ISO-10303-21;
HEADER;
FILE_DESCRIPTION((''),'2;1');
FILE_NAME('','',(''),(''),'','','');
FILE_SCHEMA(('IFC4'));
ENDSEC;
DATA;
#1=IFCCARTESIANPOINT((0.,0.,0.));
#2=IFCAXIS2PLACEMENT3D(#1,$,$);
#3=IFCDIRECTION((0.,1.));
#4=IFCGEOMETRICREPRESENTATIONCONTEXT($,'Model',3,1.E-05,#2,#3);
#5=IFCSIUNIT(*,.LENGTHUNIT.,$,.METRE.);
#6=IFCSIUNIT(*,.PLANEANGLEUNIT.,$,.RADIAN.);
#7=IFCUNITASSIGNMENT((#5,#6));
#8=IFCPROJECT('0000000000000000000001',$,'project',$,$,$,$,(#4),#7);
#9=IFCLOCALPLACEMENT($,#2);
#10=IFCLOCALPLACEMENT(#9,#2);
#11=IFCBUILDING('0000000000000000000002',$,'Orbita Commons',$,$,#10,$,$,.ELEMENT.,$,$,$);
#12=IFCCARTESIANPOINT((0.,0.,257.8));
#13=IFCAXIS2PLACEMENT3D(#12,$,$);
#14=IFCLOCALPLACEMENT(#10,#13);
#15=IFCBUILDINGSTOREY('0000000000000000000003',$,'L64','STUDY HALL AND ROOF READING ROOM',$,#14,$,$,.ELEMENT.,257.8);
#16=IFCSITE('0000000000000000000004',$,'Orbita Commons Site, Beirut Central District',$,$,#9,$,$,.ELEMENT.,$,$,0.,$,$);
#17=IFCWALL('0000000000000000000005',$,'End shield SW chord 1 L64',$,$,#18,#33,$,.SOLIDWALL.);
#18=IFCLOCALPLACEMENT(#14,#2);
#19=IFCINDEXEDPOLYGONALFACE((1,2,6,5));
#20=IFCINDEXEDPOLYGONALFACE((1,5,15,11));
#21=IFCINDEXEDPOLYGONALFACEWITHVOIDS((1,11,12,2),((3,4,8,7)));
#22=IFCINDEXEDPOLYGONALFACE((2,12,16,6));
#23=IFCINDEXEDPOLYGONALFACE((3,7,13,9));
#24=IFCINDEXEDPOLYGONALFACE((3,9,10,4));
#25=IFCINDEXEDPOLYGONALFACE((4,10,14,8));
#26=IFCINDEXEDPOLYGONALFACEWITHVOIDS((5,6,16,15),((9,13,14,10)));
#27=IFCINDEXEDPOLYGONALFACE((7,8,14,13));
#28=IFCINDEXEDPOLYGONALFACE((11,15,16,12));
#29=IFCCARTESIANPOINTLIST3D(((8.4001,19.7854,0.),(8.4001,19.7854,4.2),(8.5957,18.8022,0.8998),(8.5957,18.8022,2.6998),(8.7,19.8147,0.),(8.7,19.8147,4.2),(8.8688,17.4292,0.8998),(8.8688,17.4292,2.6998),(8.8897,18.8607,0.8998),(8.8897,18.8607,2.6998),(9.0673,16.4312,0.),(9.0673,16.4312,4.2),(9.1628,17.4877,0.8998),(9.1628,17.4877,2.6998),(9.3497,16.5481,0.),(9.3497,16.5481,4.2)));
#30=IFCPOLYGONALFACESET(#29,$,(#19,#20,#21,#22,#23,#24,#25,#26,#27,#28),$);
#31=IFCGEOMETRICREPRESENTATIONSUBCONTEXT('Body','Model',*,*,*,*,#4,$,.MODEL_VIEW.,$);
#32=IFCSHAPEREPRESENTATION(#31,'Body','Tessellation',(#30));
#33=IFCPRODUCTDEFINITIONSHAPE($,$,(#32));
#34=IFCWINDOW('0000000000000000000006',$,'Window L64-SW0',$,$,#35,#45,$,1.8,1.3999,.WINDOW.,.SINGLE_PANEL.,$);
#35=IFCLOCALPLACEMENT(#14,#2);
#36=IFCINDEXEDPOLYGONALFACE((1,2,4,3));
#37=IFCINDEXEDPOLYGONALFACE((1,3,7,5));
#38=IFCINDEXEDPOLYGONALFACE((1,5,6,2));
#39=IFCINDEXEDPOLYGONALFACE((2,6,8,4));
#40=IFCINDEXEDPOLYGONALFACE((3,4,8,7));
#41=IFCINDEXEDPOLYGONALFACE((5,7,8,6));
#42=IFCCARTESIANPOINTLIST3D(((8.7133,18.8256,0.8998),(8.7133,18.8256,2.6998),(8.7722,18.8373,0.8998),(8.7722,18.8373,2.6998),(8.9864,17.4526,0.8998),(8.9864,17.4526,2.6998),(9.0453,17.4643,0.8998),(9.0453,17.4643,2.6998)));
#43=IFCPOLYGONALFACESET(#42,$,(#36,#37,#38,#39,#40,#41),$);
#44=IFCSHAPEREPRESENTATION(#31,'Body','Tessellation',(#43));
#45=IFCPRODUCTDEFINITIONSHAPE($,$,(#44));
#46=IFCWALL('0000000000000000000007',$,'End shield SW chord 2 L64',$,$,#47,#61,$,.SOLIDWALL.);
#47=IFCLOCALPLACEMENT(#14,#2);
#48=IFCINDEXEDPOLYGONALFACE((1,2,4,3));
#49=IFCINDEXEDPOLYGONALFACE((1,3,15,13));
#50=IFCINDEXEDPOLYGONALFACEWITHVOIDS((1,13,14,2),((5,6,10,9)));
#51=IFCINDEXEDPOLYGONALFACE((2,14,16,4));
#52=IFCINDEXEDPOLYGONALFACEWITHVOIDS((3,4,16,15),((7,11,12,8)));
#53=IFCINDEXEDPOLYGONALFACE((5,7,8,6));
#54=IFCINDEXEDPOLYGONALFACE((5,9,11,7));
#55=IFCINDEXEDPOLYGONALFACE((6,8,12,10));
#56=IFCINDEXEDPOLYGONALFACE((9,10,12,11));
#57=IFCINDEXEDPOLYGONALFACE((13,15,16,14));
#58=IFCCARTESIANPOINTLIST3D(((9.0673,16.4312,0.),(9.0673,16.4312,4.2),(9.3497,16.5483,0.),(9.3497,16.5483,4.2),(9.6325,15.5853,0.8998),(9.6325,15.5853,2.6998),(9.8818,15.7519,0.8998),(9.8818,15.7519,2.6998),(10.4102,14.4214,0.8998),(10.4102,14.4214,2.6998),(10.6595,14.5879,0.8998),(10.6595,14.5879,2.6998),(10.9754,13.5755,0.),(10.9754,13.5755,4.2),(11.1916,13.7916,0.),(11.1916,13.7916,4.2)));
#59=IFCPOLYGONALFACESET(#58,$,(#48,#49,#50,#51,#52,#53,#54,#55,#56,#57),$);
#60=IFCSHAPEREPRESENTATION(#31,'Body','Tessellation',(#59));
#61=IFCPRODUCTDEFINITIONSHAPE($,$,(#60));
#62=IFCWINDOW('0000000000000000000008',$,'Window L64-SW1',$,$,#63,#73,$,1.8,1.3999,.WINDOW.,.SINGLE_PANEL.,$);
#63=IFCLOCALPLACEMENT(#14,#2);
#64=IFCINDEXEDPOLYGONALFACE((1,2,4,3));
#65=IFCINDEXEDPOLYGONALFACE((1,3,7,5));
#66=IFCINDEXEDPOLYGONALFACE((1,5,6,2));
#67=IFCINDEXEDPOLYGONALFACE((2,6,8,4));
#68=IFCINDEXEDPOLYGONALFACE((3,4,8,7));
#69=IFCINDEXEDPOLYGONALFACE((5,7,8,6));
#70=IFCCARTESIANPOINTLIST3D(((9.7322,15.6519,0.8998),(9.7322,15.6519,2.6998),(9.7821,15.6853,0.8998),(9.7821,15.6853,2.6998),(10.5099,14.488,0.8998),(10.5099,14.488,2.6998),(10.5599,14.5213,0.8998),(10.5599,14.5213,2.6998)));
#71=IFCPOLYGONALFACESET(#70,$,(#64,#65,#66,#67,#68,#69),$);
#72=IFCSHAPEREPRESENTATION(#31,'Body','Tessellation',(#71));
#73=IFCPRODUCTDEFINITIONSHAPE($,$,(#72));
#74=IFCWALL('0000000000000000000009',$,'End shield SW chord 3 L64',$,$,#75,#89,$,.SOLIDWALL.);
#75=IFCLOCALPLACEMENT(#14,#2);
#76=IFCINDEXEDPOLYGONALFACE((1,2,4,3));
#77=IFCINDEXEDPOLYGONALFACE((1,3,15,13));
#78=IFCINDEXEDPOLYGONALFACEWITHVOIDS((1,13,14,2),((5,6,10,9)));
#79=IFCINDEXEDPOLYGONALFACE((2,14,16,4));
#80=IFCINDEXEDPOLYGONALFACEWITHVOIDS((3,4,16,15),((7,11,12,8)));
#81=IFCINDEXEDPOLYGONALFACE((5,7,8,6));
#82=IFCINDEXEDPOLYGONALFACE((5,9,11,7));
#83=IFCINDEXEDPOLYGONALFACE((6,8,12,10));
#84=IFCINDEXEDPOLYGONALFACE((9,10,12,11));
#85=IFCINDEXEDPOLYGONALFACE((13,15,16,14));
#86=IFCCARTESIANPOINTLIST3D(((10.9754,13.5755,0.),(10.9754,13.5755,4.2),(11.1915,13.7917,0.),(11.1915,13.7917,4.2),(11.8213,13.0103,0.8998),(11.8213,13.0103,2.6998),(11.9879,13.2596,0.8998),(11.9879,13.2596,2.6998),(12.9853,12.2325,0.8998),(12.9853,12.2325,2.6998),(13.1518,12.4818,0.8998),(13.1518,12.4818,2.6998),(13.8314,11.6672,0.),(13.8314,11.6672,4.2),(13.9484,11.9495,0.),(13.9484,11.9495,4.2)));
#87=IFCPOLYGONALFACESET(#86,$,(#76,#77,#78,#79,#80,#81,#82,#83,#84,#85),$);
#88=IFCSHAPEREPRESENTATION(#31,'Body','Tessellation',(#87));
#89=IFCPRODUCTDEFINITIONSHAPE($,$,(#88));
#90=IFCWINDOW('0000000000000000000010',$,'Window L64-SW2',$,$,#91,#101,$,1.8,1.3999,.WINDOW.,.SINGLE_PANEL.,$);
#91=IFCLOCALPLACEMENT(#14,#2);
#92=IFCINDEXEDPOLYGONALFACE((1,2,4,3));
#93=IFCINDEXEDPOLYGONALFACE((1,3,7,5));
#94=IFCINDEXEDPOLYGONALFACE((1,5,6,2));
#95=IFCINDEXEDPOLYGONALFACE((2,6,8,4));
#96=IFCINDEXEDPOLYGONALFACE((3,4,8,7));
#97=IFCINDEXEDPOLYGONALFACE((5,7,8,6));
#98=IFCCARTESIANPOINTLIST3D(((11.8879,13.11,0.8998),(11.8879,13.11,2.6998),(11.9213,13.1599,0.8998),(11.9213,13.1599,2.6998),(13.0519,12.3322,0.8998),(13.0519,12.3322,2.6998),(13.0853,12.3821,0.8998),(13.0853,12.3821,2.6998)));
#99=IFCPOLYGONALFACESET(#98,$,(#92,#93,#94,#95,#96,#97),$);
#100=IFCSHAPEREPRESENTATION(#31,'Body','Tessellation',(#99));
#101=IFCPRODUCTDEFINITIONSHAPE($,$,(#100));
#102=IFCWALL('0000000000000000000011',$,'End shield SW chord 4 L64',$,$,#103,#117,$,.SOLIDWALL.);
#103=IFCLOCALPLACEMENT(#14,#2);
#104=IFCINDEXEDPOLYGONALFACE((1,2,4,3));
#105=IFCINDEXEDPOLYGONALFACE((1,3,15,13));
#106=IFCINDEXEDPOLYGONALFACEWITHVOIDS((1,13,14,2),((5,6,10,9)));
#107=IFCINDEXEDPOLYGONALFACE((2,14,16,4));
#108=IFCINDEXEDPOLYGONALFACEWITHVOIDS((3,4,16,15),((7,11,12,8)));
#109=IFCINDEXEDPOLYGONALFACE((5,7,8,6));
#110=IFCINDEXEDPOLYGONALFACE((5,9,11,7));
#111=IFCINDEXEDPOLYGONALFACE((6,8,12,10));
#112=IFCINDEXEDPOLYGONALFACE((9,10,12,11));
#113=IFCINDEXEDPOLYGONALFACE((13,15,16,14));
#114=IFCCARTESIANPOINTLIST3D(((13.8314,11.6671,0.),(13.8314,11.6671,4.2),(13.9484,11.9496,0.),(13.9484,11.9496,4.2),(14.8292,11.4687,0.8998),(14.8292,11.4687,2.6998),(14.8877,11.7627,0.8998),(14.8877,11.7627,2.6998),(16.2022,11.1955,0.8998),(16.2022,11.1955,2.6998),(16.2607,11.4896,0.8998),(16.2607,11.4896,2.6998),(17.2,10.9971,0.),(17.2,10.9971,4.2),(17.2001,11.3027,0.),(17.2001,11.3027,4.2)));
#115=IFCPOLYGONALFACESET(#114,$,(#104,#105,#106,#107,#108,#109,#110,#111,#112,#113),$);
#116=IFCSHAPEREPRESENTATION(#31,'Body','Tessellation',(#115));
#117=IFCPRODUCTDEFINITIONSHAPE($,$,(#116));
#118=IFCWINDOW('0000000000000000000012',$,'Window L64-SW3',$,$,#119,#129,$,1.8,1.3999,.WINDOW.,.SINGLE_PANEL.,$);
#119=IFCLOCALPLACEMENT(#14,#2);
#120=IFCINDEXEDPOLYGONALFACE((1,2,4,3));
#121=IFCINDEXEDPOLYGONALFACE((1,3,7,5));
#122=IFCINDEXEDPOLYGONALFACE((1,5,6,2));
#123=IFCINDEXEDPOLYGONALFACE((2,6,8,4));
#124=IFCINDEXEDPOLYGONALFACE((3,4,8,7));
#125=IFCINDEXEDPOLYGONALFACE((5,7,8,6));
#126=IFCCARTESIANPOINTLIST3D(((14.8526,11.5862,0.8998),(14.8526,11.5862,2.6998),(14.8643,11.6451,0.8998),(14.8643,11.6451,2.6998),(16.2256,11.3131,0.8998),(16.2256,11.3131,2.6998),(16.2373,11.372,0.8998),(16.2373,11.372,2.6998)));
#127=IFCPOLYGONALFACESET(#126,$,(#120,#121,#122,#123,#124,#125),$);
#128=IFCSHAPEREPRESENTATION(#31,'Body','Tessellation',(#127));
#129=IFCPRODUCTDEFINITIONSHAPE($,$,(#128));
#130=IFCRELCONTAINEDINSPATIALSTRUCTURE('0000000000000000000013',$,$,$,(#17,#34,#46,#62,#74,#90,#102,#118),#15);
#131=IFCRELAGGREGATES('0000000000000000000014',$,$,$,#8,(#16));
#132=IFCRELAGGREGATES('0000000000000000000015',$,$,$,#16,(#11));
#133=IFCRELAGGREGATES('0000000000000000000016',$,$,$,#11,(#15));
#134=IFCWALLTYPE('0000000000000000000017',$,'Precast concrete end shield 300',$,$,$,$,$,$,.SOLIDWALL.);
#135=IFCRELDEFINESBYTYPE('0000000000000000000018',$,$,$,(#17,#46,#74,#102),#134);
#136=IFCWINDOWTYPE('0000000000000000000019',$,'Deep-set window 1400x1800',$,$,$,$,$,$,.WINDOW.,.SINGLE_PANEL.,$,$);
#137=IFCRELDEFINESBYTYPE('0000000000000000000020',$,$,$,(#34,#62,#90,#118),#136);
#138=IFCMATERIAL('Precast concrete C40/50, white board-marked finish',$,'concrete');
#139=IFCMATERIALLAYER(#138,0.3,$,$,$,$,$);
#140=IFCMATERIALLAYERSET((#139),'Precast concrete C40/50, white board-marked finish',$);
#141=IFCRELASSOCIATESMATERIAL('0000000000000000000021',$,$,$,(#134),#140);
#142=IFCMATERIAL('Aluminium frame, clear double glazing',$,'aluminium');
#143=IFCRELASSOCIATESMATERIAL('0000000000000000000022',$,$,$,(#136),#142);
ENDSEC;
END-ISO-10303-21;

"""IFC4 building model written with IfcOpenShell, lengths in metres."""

from ifc_helpers import new_model, si_unit, direction, frame, frame_2d, origin, place, context, subcontext, project, spatial, polyline, rectangle, outline, extrude, material, layer, layer_set, type_object, element, fill, save


model = new_model("IFC4")

# Units and contexts
model_context = context("Model", 3, precision=1e-05, world=origin(), true_north=direction((0.0, 1.0)))
body_context = subcontext(model_context, "Body", "Model", "MODEL_VIEW")
ifc_project = project(units=[si_unit("LENGTHUNIT", "METRE"), si_unit("PLANEANGLEUNIT", "RADIAN")], contexts=[model_context])

# Site, building, storey
site_placement = place(None, origin())
site = spatial("IfcSite", under=ifc_project, at=site_placement, Name="Orbita Commons Site, Beirut Central District", CompositionType="ELEMENT", RefElevation=0.0)
building_placement = place(site_placement, origin())
building = spatial("IfcBuilding", under=site, at=building_placement, Name="Orbita Commons", CompositionType="ELEMENT")
storey_placement = place(building_placement, frame((0.0, 0.0, 257.8)))
storey = spatial("IfcBuildingStorey", under=building, at=storey_placement, Name="L64", Description="STUDY HALL AND ROOF READING ROOM", CompositionType="ELEMENT", Elevation=257.8)

# Walls, openings, windows
ifc_material_1 = material(Name="Precast concrete C40/50, white board-marked finish", Category="concrete")
ifc_layer_1 = layer(ifc_material_1, 0.3)
ifc_layer_set_1 = layer_set([ifc_layer_1], Name="Precast concrete C40/50, white board-marked finish")
wall_type_1 = type_object("IfcWallType", Name="Precast concrete end shield 300", PredefinedType="SOLIDWALL", material=ifc_layer_set_1)
wall_1_placement = place(storey_placement, frame((8.55, 19.8, 0.0), z_axis=(0.0, 0.0, 1.0), x_axis=(0.195087, -0.980786, 0.0)))
wall_1 = element("IfcWall", 1, at=wall_1_placement, inside=storey, type_object=wall_type_1, Name="End shield SW chord 1 L64", PredefinedType="SOLIDWALL", context=body_context, shape_type="SweptSolid", body=[
    extrude(outline(polyline([(-0.0149, -0.1499), (3.405, -0.1499), (3.3455, 0.1499), (0.0149, 0.1499), (-0.0149, -0.1499)])), origin(), (0.0, 0.0, 1.0), 4.2),
])
opening_1_placement = place(wall_1_placement, frame((0.9875, 0.0, 0.8999)))
opening_1 = element("IfcOpeningElement", 2, at=opening_1_placement, cuts=wall_1, PredefinedType="OPENING", context=body_context, shape_type="SweptSolid", body=[
    extrude(rectangle(XDim=1.3999, YDim=1.8, at=frame_2d((0.7, 0.8999))), frame((0.0, 0.1599, 0.0), z_axis=(0.0, -1.0, 0.0), x_axis=(1.0, 0.0, 0.0)), (0.0, 0.0, 1.0), 0.3201),
])
ifc_material_2 = material(Name="Aluminium frame, clear double glazing", Category="aluminium")
window_type = type_object("IfcWindowType", Name="Deep-set window 1400x1800", PartitioningType="SINGLE_PANEL", PredefinedType="WINDOW", material=ifc_material_2)
window_1_placement = place(opening_1_placement, origin())
window_1 = element("IfcWindow", 3, at=window_1_placement, inside=storey, type_object=window_type, Name="Window L64-SW0", OverallHeight=1.8, OverallWidth=1.3999, PartitioningType="SINGLE_PANEL", PredefinedType="WINDOW", context=body_context, shape_type="SweptSolid", body=[
    extrude(rectangle(XDim=1.3999, YDim=1.8, at=frame_2d((0.7, 0.8999))), frame((0.0, 0.03, 0.0), z_axis=(0.0, -1.0, 0.0), x_axis=(1.0, 0.0, 0.0)), (0.0, 0.0, 1.0), 0.0601),
])
fill(opening_1, window_1)
wall_2_placement = place(storey_placement, frame((9.2085, 16.4897, 0.0), z_axis=(0.0, 0.0, 1.0), x_axis=(0.555568, -0.831471, 0.0)))
wall_2 = element("IfcWall", 4, at=wall_2_placement, inside=storey, type_object=wall_type_1, Name="End shield SW chord 2 L64", PredefinedType="SOLIDWALL", context=body_context, shape_type="SweptSolid", body=[
    extrude(outline(polyline([(-0.0298, -0.1499), (3.4048, -0.1499), (3.3452, 0.1499), (0.0298, 0.1499), (-0.0298, -0.1499)])), origin(), (0.0, 0.0, 1.0), 4.2),
])
opening_2_placement = place(wall_2_placement, frame((0.9875, 0.0, 0.8999)))
opening_2 = element("IfcOpeningElement", 5, at=opening_2_placement, cuts=wall_2, PredefinedType="OPENING", context=body_context, shape_type="SweptSolid", body=[
    extrude(rectangle(XDim=1.3999, YDim=1.8, at=frame_2d((0.7, 0.8999))), frame((0.0, 0.1599, 0.0), z_axis=(0.0, -1.0, 0.0), x_axis=(1.0, 0.0, 0.0)), (0.0, 0.0, 1.0), 0.3201),
])
window_2_placement = place(opening_2_placement, origin())
window_2 = element("IfcWindow", 6, at=window_2_placement, inside=storey, type_object=window_type, Name="Window L64-SW1", OverallHeight=1.8, OverallWidth=1.3999, PartitioningType="SINGLE_PANEL", PredefinedType="WINDOW", context=body_context, shape_type="SweptSolid", body=[
    extrude(rectangle(XDim=1.3999, YDim=1.8, at=frame_2d((0.7, 0.8999))), frame((0.0, 0.03, 0.0), z_axis=(0.0, -1.0, 0.0), x_axis=(1.0, 0.0, 0.0)), (0.0, 0.0, 1.0), 0.0601),
])
fill(opening_2, window_2)
wall_3_placement = place(storey_placement, frame((11.0835, 13.6836, 0.0), z_axis=(0.0, 0.0, 1.0), x_axis=(0.83146, -0.555585, 0.0)))
wall_3 = element("IfcWall", 7, at=wall_3_placement, inside=storey, type_object=wall_type_1, Name="End shield SW chord 3 L64", PredefinedType="SOLIDWALL", context=body_context, shape_type="SweptSolid", body=[
    extrude(outline(polyline([(-0.0298, -0.1499), (3.405, -0.1499), (3.3455, 0.1499), (0.0298, 0.1499), (-0.0298, -0.1499)])), origin(), (0.0, 0.0, 1.0), 4.2),
])
opening_3_placement = place(wall_3_placement, frame((0.9875, 0.0, 0.8999)))
opening_3 = element("IfcOpeningElement", 8, at=opening_3_placement, cuts=wall_3, PredefinedType="OPENING", context=body_context, shape_type="SweptSolid", body=[
    extrude(rectangle(XDim=1.3999, YDim=1.8, at=frame_2d((0.7, 0.8999))), frame((0.0, 0.1599, 0.0), z_axis=(0.0, -1.0, 0.0), x_axis=(1.0, 0.0, 0.0)), (0.0, 0.0, 1.0), 0.3201),
])
window_3_placement = place(opening_3_placement, origin())
window_3 = element("IfcWindow", 9, at=window_3_placement, inside=storey, type_object=window_type, Name="Window L64-SW2", OverallHeight=1.8, OverallWidth=1.3999, PartitioningType="SINGLE_PANEL", PredefinedType="WINDOW", context=body_context, shape_type="SweptSolid", body=[
    extrude(rectangle(XDim=1.3999, YDim=1.8, at=frame_2d((0.7, 0.8999))), frame((0.0, 0.03, 0.0), z_axis=(0.0, -1.0, 0.0), x_axis=(1.0, 0.0, 0.0)), (0.0, 0.0, 1.0), 0.0601),
])
fill(opening_3, window_3)
wall_4_placement = place(storey_placement, frame((13.8899, 11.8083, 0.0), z_axis=(0.0, 0.0, 1.0), x_axis=(0.980783, -0.1951, 0.0)))
wall_4 = element("IfcWall", 10, at=wall_4_placement, inside=storey, type_object=wall_type_1, Name="End shield SW chord 4 L64", PredefinedType="SOLIDWALL", context=body_context, shape_type="SweptSolid", body=[
    extrude(outline(polyline([(-0.0298, -0.1499), (3.4048, -0.1499), (3.3452, 0.1499), (0.0298, 0.1499), (-0.0298, -0.1499)])), origin(), (0.0, 0.0, 1.0), 4.2),
])
opening_4_placement = place(wall_4_placement, frame((0.9875, 0.0, 0.8999)))
opening_4 = element("IfcOpeningElement", 11, at=opening_4_placement, cuts=wall_4, PredefinedType="OPENING", context=body_context, shape_type="SweptSolid", body=[
    extrude(rectangle(XDim=1.3999, YDim=1.8, at=frame_2d((0.7, 0.8999))), frame((0.0, 0.1599, 0.0), z_axis=(0.0, -1.0, 0.0), x_axis=(1.0, 0.0, 0.0)), (0.0, 0.0, 1.0), 0.3201),
])
window_4_placement = place(opening_4_placement, origin())
window_4 = element("IfcWindow", 12, at=window_4_placement, inside=storey, type_object=window_type, Name="Window L64-SW3", OverallHeight=1.8, OverallWidth=1.3999, PartitioningType="SINGLE_PANEL", PredefinedType="WINDOW", context=body_context, shape_type="SweptSolid", body=[
    extrude(rectangle(XDim=1.3999, YDim=1.8, at=frame_2d((0.7, 0.8999))), frame((0.0, 0.03, 0.0), z_axis=(0.0, -1.0, 0.0), x_axis=(1.0, 0.0, 0.0)), (0.0, 0.0, 1.0), 0.0601),
])
fill(opening_4, window_4)

save(model, "model.ifc")
